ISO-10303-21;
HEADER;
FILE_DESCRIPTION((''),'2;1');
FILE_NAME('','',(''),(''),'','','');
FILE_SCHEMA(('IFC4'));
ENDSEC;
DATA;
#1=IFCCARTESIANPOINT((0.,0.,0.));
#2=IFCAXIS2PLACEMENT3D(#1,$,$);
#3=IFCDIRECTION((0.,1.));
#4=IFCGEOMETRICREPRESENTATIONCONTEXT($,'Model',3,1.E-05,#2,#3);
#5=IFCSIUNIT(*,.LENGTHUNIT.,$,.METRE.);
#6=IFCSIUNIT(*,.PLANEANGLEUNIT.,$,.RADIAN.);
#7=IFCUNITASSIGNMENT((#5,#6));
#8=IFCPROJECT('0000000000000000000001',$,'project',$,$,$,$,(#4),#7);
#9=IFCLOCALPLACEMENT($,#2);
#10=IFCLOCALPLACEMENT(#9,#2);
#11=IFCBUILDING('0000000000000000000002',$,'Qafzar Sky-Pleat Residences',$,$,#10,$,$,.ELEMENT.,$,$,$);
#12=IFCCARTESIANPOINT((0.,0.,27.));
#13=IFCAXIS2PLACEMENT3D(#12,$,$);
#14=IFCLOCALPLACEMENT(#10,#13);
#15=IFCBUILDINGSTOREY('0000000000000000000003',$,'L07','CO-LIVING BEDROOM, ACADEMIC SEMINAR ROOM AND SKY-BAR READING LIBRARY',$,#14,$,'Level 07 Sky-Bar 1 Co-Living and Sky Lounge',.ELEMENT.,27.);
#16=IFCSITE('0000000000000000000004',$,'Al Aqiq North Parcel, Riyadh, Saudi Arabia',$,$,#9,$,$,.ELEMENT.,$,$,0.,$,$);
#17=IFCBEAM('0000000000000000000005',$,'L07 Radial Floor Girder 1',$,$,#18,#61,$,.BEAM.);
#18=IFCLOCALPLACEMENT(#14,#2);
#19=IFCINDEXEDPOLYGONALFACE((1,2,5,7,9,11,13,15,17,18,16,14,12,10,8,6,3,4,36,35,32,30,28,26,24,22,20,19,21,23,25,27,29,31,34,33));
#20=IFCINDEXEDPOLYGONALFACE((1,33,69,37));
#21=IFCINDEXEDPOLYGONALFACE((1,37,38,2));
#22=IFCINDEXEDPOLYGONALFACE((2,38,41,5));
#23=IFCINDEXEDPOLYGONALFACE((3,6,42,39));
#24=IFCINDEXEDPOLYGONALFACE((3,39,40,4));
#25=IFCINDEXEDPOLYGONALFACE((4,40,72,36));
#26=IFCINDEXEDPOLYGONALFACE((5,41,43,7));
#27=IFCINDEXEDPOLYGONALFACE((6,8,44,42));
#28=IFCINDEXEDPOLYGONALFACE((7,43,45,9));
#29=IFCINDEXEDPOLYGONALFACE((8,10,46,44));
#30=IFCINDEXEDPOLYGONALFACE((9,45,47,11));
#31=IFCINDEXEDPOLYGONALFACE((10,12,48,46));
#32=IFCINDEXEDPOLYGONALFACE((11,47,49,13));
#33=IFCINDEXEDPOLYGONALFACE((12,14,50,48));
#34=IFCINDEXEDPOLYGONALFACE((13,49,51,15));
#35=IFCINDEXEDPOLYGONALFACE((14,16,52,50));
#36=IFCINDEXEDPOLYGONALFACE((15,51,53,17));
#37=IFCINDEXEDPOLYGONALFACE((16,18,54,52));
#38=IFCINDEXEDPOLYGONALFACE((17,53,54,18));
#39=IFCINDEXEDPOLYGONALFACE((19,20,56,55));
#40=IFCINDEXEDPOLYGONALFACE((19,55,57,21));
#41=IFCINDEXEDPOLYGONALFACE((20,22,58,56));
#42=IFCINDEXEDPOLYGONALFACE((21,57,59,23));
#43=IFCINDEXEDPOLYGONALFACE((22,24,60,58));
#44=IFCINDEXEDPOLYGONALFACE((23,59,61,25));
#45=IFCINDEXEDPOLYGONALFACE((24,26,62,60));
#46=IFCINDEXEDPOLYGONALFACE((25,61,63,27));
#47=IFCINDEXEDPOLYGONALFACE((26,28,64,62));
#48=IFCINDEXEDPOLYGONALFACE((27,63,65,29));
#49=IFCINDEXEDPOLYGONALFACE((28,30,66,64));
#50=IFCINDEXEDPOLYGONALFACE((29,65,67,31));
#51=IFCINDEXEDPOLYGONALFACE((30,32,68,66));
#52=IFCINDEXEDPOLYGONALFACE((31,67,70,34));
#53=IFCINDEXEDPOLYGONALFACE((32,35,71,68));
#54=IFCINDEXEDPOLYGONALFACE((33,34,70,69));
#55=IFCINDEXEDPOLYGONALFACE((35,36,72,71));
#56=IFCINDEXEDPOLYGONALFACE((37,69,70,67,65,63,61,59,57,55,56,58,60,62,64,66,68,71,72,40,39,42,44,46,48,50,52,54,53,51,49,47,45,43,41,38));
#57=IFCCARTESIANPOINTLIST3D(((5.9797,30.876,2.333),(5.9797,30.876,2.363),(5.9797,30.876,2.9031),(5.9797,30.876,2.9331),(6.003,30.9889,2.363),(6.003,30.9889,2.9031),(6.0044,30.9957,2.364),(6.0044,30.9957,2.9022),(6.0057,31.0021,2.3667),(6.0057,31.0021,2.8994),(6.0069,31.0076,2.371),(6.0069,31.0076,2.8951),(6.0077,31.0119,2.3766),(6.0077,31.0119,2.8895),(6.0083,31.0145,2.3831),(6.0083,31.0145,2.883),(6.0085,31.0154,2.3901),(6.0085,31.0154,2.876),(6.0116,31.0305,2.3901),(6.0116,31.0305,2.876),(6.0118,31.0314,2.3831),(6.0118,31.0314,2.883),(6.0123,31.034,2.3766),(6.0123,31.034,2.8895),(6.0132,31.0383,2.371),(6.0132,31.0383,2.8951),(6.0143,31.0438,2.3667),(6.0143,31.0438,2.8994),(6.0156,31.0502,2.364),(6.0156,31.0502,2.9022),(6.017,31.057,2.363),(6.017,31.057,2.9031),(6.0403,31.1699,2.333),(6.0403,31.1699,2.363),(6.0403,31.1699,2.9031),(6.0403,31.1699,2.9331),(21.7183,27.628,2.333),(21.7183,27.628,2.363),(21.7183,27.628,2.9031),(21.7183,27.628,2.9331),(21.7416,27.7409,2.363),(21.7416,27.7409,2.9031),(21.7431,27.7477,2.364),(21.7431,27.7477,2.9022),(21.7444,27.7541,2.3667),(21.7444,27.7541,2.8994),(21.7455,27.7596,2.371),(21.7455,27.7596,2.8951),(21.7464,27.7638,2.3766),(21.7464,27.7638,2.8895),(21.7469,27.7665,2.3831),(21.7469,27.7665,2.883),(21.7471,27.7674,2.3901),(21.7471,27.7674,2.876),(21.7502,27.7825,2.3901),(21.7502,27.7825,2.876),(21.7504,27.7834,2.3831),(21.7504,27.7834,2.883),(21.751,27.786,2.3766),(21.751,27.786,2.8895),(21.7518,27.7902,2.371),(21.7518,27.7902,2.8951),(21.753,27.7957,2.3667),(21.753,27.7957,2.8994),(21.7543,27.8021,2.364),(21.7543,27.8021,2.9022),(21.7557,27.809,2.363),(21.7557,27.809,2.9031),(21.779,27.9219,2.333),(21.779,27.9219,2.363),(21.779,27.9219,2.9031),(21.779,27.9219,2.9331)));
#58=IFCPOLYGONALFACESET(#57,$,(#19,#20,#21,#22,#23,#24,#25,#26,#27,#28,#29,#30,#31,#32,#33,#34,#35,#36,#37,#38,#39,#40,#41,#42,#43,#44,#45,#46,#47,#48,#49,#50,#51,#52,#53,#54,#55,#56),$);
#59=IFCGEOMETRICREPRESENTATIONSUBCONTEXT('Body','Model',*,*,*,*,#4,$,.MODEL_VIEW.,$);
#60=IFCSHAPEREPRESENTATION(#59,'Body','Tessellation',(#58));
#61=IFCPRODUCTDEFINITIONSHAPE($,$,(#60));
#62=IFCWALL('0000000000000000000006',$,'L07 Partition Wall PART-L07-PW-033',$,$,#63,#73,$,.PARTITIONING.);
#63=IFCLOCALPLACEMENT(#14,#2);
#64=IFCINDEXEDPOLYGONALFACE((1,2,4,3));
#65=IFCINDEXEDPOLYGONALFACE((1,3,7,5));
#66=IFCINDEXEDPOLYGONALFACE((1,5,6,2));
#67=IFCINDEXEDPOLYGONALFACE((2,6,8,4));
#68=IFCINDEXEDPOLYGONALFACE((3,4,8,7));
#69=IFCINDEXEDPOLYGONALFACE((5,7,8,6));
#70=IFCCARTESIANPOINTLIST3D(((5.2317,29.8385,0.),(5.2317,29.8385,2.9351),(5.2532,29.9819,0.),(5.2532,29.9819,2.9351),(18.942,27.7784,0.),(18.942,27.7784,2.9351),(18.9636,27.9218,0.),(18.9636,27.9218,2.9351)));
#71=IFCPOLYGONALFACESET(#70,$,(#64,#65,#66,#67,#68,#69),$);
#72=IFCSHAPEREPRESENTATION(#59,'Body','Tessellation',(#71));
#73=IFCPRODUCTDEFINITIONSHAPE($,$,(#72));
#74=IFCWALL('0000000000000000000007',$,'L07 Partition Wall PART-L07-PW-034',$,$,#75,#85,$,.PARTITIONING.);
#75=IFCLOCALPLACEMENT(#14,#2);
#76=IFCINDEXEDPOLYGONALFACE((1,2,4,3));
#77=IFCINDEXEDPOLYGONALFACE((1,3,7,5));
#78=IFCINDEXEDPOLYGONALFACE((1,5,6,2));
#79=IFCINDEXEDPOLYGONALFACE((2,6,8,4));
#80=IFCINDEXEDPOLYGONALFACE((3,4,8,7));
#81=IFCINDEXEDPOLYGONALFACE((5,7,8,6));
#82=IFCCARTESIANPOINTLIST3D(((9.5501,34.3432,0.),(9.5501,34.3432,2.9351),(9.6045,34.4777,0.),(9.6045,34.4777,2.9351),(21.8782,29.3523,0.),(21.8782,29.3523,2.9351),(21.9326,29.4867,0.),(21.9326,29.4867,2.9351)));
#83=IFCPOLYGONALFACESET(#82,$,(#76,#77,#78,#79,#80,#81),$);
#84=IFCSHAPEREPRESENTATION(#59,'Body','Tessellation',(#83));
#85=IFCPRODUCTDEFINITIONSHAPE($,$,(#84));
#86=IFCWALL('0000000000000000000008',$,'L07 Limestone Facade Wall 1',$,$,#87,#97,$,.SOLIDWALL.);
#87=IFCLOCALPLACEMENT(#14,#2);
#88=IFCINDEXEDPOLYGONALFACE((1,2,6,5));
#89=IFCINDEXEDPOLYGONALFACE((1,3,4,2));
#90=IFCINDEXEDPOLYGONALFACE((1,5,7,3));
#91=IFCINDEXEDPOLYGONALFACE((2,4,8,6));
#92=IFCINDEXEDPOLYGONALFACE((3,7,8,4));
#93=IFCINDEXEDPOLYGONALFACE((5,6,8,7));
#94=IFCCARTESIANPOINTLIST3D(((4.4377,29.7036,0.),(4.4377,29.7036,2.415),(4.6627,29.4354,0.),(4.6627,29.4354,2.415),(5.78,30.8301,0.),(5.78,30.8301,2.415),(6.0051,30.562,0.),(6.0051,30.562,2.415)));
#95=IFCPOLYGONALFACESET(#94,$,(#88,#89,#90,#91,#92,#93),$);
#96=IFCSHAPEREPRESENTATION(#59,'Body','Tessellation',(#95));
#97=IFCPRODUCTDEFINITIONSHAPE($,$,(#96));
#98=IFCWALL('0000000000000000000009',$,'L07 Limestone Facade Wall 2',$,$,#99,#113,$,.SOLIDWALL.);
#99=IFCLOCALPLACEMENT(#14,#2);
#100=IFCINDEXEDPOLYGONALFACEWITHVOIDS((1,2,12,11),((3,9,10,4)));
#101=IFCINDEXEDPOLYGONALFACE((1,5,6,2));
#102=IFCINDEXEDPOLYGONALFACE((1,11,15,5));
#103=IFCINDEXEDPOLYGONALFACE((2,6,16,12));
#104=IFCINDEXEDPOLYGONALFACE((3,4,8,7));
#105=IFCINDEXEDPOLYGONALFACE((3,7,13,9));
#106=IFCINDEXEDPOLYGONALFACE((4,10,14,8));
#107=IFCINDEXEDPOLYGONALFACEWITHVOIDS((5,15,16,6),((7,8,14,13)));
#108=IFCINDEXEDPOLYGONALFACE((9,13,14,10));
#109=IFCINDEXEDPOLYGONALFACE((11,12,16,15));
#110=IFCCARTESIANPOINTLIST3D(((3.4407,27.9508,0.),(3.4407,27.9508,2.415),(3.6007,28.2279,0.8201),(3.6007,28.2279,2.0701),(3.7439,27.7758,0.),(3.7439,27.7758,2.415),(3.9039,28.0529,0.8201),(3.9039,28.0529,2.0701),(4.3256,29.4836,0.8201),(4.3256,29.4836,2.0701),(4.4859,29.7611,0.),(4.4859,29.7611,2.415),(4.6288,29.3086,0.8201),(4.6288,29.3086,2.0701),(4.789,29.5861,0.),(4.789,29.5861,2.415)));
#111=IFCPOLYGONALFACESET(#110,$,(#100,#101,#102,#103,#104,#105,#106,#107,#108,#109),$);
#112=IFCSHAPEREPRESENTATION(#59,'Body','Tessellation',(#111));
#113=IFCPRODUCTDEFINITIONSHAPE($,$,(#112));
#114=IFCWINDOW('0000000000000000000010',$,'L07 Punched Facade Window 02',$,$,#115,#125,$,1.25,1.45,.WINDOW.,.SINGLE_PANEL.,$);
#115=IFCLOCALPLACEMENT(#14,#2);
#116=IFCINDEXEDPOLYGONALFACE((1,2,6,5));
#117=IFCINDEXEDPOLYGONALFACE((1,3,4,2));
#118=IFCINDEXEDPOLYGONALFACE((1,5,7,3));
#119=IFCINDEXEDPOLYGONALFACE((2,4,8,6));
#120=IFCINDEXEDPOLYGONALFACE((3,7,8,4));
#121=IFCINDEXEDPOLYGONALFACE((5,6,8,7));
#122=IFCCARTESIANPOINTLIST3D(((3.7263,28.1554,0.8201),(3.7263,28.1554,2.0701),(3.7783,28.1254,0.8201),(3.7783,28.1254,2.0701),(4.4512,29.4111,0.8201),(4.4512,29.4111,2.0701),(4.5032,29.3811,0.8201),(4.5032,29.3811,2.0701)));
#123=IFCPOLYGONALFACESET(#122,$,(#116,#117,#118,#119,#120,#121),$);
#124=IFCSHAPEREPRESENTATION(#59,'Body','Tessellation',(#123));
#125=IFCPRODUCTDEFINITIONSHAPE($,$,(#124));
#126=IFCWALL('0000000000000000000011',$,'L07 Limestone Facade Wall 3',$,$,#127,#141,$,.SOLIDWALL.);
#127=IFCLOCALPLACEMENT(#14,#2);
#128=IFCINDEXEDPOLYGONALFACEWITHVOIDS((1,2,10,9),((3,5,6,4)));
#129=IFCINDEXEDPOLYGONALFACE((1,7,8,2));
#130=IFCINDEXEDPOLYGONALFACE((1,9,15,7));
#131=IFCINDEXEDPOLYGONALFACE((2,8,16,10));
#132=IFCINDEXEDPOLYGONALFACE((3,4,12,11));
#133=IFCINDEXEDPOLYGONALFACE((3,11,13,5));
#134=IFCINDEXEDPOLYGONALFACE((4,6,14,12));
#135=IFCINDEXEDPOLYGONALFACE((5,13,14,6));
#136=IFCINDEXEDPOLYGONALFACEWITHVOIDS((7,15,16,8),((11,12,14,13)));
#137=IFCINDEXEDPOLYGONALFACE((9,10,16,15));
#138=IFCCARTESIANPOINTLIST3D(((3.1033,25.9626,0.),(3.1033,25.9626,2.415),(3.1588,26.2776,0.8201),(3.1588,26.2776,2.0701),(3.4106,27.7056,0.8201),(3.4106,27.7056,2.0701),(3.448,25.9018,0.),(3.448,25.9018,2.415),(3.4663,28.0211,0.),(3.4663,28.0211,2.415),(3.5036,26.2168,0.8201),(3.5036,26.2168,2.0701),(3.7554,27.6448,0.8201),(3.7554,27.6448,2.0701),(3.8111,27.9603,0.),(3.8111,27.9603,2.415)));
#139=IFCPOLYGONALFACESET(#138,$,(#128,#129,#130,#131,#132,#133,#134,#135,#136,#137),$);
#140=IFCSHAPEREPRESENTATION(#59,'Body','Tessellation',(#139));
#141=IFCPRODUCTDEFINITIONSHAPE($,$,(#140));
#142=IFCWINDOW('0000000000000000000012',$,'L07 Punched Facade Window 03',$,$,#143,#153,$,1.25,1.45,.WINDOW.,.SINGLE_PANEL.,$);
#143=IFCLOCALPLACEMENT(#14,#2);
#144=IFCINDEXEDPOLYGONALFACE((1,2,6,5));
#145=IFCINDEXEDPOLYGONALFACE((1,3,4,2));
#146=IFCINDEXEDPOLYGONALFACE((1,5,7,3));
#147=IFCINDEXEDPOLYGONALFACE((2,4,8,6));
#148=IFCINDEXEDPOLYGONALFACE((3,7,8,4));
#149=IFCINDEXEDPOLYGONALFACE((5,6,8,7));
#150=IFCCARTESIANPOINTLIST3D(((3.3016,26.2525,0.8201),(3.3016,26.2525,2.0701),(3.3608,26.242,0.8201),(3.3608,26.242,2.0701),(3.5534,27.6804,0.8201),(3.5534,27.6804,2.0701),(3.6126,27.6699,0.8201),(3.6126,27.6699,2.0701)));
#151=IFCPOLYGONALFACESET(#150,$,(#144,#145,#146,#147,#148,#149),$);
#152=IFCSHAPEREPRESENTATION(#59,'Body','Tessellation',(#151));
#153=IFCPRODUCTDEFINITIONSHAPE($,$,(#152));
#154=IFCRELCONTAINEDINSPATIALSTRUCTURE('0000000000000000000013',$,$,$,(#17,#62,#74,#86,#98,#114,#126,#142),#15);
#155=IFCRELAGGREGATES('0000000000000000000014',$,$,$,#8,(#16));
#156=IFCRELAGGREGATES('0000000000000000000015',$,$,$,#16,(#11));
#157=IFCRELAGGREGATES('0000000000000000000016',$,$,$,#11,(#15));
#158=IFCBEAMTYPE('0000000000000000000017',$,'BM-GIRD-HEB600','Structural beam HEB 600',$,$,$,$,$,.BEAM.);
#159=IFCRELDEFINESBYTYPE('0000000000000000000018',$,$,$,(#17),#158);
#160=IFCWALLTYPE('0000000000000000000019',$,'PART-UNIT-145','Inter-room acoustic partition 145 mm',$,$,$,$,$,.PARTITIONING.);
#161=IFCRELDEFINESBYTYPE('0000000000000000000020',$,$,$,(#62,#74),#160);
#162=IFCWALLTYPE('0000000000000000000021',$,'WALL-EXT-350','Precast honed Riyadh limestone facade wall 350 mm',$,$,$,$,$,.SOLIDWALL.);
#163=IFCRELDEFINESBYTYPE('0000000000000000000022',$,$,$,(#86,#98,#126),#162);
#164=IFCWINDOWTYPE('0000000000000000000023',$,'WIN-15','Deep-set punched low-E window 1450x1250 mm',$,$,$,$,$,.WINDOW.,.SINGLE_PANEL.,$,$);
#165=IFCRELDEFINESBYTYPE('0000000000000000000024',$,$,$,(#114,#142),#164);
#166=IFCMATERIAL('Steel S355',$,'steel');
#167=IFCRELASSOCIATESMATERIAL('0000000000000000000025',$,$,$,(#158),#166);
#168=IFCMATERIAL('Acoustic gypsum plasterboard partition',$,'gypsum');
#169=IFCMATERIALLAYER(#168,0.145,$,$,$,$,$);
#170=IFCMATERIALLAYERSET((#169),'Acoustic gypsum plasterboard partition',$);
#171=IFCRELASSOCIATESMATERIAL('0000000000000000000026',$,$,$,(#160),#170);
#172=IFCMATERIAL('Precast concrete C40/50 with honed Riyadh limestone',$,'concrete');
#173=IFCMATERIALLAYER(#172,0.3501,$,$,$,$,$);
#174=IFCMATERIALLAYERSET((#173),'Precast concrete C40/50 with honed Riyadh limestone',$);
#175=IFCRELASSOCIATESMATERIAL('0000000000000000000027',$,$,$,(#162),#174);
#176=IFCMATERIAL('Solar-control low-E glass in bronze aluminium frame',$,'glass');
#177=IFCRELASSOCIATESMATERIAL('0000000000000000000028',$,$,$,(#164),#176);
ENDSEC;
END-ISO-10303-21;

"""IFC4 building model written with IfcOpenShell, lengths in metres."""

from ifc_helpers import new_model, si_unit, direction, frame, frame_2d, origin, origin_2d, place, context, subcontext, project, spatial, rectangle, i_section, extrude, source, transform, mapped, material, layer, layer_set, material_profile, profile_set, type_object, element, fill, save


model = new_model("IFC4")

# Units and contexts
model_context = context("Model", 3, precision=1e-05, world=origin(), true_north=direction((0.0, 1.0)))
body_context = subcontext(model_context, "Body", "Model", "MODEL_VIEW")
ifc_project = project(units=[si_unit("LENGTHUNIT", "METRE"), si_unit("PLANEANGLEUNIT", "RADIAN")], contexts=[model_context])

# Site, building, storey
site_placement = place(None, origin())
site = spatial("IfcSite", under=ifc_project, at=site_placement, Name="Al Aqiq North Parcel, Riyadh, Saudi Arabia", CompositionType="ELEMENT", RefElevation=0.0)
building_placement = place(site_placement, origin())
building = spatial("IfcBuilding", under=site, at=building_placement, Name="Qafzar Sky-Pleat Residences", CompositionType="ELEMENT")
storey_placement = place(building_placement, frame((0.0, 0.0, 27.0)))
storey = spatial("IfcBuildingStorey", under=building, at=storey_placement, Name="L07", Description="CO-LIVING BEDROOM, ACADEMIC SEMINAR ROOM AND SKY-BAR READING LIBRARY", LongName="Level 07 Sky-Bar 1 Co-Living and Sky Lounge", CompositionType="ELEMENT", Elevation=27.0)

# Beam
ifc_material_1 = material(Name="Steel S355", Category="steel")
ifc_material_profile_1 = material_profile(ifc_material_1, i_section(OverallWidth=0.3, OverallDepth=0.6001, WebThickness=0.0154, FlangeThickness=0.03, FilletRadius=0.0271, at=origin_2d()), Name="HEB 600")
ifc_profile_set_1 = profile_set([ifc_material_profile_1], Name="Steel S355")
beam_type_1 = type_object("IfcBeamType", Name="BM-GIRD-HEB600", Description="Structural beam HEB 600", PredefinedType="BEAM", material=ifc_profile_set_1)
shared_shape_1 = source(origin(), body_context, "Body", "SweptSolid", [
    extrude(i_section(OverallWidth=0.3, OverallDepth=0.6001, WebThickness=0.0154, FlangeThickness=0.03, FilletRadius=0.0271, at=origin_2d()), origin(), (0.0, 0.0, 1.0), 16.0703),
])
beam_1_placement = place(storey_placement, frame((6.01, 31.0229, 2.6331), z_axis=(0.979362, -0.202113, 0.0), x_axis=(0.202113, 0.979362, 0.0)))
element("IfcBeam", 1, at=beam_1_placement, inside=storey, type_object=beam_type_1, Name="L07 Radial Floor Girder 1", PredefinedType="BEAM", context=body_context, shape_type="MappedRepresentation", body=[
    mapped(shared_shape_1, transform((0.0, 0.0, 0.0), x_axis=(1.0, 0.0, 0.0), y_axis=(0.0, 1.0, 0.0), z_axis=(0.0, 0.0, 1.0), scale=1.0)),
])

# Walls
ifc_material_2 = material(Name="Acoustic gypsum plasterboard partition", Category="gypsum")
ifc_layer_1 = layer(ifc_material_2, 0.145)
ifc_layer_set_1 = layer_set([ifc_layer_1], Name="Acoustic gypsum plasterboard partition")
wall_type_1 = type_object("IfcWallType", Name="PART-UNIT-145", Description="Inter-room acoustic partition 145 mm", PredefinedType="PARTITIONING", material=ifc_layer_set_1)
wall_1_placement = place(storey_placement, frame((5.2424, 29.9102, 0.0), z_axis=(0.0, 0.0, 1.0), x_axis=(0.988899, -0.148587, 0.0)))
element("IfcWall", 2, at=wall_1_placement, inside=storey, type_object=wall_type_1, Name="L07 Partition Wall PART-L07-PW-033", PredefinedType="PARTITIONING", context=body_context, shape_type="SweptSolid", body=[
    extrude(rectangle(XDim=13.8643, YDim=0.145, at=frame_2d((6.9321, 0.0))), origin(), (0.0, 0.0, 1.0), 2.9351),
])
wall_2_placement = place(storey_placement, frame((9.5774, 34.4104, 0.0), z_axis=(0.0, 0.0, 1.0), x_axis=(0.92692, -0.375258, 0.0)))
element("IfcWall", 3, at=wall_2_placement, inside=storey, type_object=wall_type_1, Name="L07 Partition Wall PART-L07-PW-034", PredefinedType="PARTITIONING", context=body_context, shape_type="SweptSolid", body=[
    extrude(rectangle(XDim=13.3, YDim=0.145, at=frame_2d((6.6499, 0.0))), origin(), (0.0, 0.0, 1.0), 2.9351),
])
ifc_material_3 = material(Name="Precast concrete C40/50 with honed Riyadh limestone", Category="concrete")
ifc_layer_2 = layer(ifc_material_3, 0.3501)
ifc_layer_set_2 = layer_set([ifc_layer_2], Name="Precast concrete C40/50 with honed Riyadh limestone")
wall_type_2 = type_object("IfcWallType", Name="WALL-EXT-350", Description="Precast honed Riyadh limestone facade wall 350 mm", PredefinedType="SOLIDWALL", material=ifc_layer_set_2)
wall_3_placement = place(storey_placement, frame((5.8926, 30.696, 0.0), z_axis=(0.0, 0.0, 1.0), x_axis=(-0.766001, -0.642839, 0.0)))
element("IfcWall", 4, at=wall_3_placement, inside=storey, type_object=wall_type_2, Name="L07 Limestone Facade Wall 1", PredefinedType="SOLIDWALL", context=body_context, shape_type="SweptSolid", body=[
    extrude(rectangle(XDim=1.7524, YDim=0.3501, at=frame_2d((0.8762, 0.0))), origin(), (0.0, 0.0, 1.0), 2.415),
])

# Walls, openings, windows
wall_4_placement = place(storey_placement, frame((4.6375, 29.6736, 0.0), z_axis=(0.0, 0.0, 1.0), x_axis=(-0.499995, -0.866028, 0.0)))
wall_4 = element("IfcWall", 5, at=wall_4_placement, inside=storey, type_object=wall_type_2, Name="L07 Limestone Facade Wall 2", PredefinedType="SOLIDWALL", context=body_context, shape_type="SweptSolid", body=[
    extrude(rectangle(XDim=2.0903, YDim=0.3501, at=frame_2d((1.0452, 0.0))), origin(), (0.0, 0.0, 1.0), 2.415),
])
opening_1_placement = place(wall_4_placement, frame((0.3203, 0.0, 0.8201)))
opening_1 = element("IfcOpeningElement", 6, at=opening_1_placement, cuts=wall_4, PredefinedType="OPENING", context=body_context, shape_type="SweptSolid", body=[
    extrude(rectangle(XDim=1.45, YDim=1.25, at=frame_2d((0.7251, 0.625))), frame((0.0, 0.1851, 0.0), z_axis=(0.0, -1.0, 0.0), x_axis=(1.0, 0.0, 0.0)), (0.0, 0.0, 1.0), 0.3701),
])
ifc_material_4 = material(Name="Solar-control low-E glass in bronze aluminium frame", Category="glass")
window_type = type_object("IfcWindowType", Name="WIN-15", Description="Deep-set punched low-E window 1450x1250 mm", PartitioningType="SINGLE_PANEL", PredefinedType="WINDOW", material=ifc_material_4)
shared_shape_2 = source(origin(), body_context, "Body", "SweptSolid", [
    extrude(rectangle(XDim=1.45, YDim=1.25, at=frame_2d((0.7251, 0.625))), frame((0.0, 0.03, 0.0), z_axis=(0.0, -1.0, 0.0), x_axis=(1.0, 0.0, 0.0)), (0.0, 0.0, 1.0), 0.0601),
])
window_1_placement = place(opening_1_placement, origin())
window_1 = element("IfcWindow", 7, at=window_1_placement, inside=storey, type_object=window_type, Name="L07 Punched Facade Window 02", OverallHeight=1.25, OverallWidth=1.45, PartitioningType="SINGLE_PANEL", PredefinedType="WINDOW", context=body_context, shape_type="MappedRepresentation", body=[
    mapped(shared_shape_2, transform((0.0, 0.0, 0.0), x_axis=(1.0, 0.0, 0.0), y_axis=(0.0, 1.0, 0.0), z_axis=(0.0, 0.0, 1.0), scale=1.0)),
])
fill(opening_1, window_1)
wall_5_placement = place(storey_placement, frame((3.6387, 27.9907, 0.0), z_axis=(0.0, 0.0, 1.0), x_axis=(-0.173672, -0.984804, 0.0)))
wall_5 = element("IfcWall", 8, at=wall_5_placement, inside=storey, type_object=wall_type_2, Name="L07 Limestone Facade Wall 3", PredefinedType="SOLIDWALL", context=body_context, shape_type="SweptSolid", body=[
    extrude(rectangle(XDim=2.0903, YDim=0.3501, at=frame_2d((1.0452, 0.0))), origin(), (0.0, 0.0, 1.0), 2.415),
])
opening_2_placement = place(wall_5_placement, frame((0.3203, 0.0, 0.8201)))
opening_2 = element("IfcOpeningElement", 9, at=opening_2_placement, cuts=wall_5, PredefinedType="OPENING", context=body_context, shape_type="SweptSolid", body=[
    extrude(rectangle(XDim=1.45, YDim=1.25, at=frame_2d((0.7251, 0.625))), frame((0.0, 0.1851, 0.0), z_axis=(0.0, -1.0, 0.0), x_axis=(1.0, 0.0, 0.0)), (0.0, 0.0, 1.0), 0.3701),
])
window_2_placement = place(opening_2_placement, origin())
window_2 = element("IfcWindow", 10, at=window_2_placement, inside=storey, type_object=window_type, Name="L07 Punched Facade Window 03", OverallHeight=1.25, OverallWidth=1.45, PartitioningType="SINGLE_PANEL", PredefinedType="WINDOW", context=body_context, shape_type="MappedRepresentation", body=[
    mapped(shared_shape_2, transform((0.0, 0.0, 0.0), x_axis=(1.0, 0.0, 0.0), y_axis=(0.0, 1.0, 0.0), z_axis=(0.0, 0.0, 1.0), scale=1.0)),
])
fill(opening_2, window_2)

save(model, "model.ifc")
